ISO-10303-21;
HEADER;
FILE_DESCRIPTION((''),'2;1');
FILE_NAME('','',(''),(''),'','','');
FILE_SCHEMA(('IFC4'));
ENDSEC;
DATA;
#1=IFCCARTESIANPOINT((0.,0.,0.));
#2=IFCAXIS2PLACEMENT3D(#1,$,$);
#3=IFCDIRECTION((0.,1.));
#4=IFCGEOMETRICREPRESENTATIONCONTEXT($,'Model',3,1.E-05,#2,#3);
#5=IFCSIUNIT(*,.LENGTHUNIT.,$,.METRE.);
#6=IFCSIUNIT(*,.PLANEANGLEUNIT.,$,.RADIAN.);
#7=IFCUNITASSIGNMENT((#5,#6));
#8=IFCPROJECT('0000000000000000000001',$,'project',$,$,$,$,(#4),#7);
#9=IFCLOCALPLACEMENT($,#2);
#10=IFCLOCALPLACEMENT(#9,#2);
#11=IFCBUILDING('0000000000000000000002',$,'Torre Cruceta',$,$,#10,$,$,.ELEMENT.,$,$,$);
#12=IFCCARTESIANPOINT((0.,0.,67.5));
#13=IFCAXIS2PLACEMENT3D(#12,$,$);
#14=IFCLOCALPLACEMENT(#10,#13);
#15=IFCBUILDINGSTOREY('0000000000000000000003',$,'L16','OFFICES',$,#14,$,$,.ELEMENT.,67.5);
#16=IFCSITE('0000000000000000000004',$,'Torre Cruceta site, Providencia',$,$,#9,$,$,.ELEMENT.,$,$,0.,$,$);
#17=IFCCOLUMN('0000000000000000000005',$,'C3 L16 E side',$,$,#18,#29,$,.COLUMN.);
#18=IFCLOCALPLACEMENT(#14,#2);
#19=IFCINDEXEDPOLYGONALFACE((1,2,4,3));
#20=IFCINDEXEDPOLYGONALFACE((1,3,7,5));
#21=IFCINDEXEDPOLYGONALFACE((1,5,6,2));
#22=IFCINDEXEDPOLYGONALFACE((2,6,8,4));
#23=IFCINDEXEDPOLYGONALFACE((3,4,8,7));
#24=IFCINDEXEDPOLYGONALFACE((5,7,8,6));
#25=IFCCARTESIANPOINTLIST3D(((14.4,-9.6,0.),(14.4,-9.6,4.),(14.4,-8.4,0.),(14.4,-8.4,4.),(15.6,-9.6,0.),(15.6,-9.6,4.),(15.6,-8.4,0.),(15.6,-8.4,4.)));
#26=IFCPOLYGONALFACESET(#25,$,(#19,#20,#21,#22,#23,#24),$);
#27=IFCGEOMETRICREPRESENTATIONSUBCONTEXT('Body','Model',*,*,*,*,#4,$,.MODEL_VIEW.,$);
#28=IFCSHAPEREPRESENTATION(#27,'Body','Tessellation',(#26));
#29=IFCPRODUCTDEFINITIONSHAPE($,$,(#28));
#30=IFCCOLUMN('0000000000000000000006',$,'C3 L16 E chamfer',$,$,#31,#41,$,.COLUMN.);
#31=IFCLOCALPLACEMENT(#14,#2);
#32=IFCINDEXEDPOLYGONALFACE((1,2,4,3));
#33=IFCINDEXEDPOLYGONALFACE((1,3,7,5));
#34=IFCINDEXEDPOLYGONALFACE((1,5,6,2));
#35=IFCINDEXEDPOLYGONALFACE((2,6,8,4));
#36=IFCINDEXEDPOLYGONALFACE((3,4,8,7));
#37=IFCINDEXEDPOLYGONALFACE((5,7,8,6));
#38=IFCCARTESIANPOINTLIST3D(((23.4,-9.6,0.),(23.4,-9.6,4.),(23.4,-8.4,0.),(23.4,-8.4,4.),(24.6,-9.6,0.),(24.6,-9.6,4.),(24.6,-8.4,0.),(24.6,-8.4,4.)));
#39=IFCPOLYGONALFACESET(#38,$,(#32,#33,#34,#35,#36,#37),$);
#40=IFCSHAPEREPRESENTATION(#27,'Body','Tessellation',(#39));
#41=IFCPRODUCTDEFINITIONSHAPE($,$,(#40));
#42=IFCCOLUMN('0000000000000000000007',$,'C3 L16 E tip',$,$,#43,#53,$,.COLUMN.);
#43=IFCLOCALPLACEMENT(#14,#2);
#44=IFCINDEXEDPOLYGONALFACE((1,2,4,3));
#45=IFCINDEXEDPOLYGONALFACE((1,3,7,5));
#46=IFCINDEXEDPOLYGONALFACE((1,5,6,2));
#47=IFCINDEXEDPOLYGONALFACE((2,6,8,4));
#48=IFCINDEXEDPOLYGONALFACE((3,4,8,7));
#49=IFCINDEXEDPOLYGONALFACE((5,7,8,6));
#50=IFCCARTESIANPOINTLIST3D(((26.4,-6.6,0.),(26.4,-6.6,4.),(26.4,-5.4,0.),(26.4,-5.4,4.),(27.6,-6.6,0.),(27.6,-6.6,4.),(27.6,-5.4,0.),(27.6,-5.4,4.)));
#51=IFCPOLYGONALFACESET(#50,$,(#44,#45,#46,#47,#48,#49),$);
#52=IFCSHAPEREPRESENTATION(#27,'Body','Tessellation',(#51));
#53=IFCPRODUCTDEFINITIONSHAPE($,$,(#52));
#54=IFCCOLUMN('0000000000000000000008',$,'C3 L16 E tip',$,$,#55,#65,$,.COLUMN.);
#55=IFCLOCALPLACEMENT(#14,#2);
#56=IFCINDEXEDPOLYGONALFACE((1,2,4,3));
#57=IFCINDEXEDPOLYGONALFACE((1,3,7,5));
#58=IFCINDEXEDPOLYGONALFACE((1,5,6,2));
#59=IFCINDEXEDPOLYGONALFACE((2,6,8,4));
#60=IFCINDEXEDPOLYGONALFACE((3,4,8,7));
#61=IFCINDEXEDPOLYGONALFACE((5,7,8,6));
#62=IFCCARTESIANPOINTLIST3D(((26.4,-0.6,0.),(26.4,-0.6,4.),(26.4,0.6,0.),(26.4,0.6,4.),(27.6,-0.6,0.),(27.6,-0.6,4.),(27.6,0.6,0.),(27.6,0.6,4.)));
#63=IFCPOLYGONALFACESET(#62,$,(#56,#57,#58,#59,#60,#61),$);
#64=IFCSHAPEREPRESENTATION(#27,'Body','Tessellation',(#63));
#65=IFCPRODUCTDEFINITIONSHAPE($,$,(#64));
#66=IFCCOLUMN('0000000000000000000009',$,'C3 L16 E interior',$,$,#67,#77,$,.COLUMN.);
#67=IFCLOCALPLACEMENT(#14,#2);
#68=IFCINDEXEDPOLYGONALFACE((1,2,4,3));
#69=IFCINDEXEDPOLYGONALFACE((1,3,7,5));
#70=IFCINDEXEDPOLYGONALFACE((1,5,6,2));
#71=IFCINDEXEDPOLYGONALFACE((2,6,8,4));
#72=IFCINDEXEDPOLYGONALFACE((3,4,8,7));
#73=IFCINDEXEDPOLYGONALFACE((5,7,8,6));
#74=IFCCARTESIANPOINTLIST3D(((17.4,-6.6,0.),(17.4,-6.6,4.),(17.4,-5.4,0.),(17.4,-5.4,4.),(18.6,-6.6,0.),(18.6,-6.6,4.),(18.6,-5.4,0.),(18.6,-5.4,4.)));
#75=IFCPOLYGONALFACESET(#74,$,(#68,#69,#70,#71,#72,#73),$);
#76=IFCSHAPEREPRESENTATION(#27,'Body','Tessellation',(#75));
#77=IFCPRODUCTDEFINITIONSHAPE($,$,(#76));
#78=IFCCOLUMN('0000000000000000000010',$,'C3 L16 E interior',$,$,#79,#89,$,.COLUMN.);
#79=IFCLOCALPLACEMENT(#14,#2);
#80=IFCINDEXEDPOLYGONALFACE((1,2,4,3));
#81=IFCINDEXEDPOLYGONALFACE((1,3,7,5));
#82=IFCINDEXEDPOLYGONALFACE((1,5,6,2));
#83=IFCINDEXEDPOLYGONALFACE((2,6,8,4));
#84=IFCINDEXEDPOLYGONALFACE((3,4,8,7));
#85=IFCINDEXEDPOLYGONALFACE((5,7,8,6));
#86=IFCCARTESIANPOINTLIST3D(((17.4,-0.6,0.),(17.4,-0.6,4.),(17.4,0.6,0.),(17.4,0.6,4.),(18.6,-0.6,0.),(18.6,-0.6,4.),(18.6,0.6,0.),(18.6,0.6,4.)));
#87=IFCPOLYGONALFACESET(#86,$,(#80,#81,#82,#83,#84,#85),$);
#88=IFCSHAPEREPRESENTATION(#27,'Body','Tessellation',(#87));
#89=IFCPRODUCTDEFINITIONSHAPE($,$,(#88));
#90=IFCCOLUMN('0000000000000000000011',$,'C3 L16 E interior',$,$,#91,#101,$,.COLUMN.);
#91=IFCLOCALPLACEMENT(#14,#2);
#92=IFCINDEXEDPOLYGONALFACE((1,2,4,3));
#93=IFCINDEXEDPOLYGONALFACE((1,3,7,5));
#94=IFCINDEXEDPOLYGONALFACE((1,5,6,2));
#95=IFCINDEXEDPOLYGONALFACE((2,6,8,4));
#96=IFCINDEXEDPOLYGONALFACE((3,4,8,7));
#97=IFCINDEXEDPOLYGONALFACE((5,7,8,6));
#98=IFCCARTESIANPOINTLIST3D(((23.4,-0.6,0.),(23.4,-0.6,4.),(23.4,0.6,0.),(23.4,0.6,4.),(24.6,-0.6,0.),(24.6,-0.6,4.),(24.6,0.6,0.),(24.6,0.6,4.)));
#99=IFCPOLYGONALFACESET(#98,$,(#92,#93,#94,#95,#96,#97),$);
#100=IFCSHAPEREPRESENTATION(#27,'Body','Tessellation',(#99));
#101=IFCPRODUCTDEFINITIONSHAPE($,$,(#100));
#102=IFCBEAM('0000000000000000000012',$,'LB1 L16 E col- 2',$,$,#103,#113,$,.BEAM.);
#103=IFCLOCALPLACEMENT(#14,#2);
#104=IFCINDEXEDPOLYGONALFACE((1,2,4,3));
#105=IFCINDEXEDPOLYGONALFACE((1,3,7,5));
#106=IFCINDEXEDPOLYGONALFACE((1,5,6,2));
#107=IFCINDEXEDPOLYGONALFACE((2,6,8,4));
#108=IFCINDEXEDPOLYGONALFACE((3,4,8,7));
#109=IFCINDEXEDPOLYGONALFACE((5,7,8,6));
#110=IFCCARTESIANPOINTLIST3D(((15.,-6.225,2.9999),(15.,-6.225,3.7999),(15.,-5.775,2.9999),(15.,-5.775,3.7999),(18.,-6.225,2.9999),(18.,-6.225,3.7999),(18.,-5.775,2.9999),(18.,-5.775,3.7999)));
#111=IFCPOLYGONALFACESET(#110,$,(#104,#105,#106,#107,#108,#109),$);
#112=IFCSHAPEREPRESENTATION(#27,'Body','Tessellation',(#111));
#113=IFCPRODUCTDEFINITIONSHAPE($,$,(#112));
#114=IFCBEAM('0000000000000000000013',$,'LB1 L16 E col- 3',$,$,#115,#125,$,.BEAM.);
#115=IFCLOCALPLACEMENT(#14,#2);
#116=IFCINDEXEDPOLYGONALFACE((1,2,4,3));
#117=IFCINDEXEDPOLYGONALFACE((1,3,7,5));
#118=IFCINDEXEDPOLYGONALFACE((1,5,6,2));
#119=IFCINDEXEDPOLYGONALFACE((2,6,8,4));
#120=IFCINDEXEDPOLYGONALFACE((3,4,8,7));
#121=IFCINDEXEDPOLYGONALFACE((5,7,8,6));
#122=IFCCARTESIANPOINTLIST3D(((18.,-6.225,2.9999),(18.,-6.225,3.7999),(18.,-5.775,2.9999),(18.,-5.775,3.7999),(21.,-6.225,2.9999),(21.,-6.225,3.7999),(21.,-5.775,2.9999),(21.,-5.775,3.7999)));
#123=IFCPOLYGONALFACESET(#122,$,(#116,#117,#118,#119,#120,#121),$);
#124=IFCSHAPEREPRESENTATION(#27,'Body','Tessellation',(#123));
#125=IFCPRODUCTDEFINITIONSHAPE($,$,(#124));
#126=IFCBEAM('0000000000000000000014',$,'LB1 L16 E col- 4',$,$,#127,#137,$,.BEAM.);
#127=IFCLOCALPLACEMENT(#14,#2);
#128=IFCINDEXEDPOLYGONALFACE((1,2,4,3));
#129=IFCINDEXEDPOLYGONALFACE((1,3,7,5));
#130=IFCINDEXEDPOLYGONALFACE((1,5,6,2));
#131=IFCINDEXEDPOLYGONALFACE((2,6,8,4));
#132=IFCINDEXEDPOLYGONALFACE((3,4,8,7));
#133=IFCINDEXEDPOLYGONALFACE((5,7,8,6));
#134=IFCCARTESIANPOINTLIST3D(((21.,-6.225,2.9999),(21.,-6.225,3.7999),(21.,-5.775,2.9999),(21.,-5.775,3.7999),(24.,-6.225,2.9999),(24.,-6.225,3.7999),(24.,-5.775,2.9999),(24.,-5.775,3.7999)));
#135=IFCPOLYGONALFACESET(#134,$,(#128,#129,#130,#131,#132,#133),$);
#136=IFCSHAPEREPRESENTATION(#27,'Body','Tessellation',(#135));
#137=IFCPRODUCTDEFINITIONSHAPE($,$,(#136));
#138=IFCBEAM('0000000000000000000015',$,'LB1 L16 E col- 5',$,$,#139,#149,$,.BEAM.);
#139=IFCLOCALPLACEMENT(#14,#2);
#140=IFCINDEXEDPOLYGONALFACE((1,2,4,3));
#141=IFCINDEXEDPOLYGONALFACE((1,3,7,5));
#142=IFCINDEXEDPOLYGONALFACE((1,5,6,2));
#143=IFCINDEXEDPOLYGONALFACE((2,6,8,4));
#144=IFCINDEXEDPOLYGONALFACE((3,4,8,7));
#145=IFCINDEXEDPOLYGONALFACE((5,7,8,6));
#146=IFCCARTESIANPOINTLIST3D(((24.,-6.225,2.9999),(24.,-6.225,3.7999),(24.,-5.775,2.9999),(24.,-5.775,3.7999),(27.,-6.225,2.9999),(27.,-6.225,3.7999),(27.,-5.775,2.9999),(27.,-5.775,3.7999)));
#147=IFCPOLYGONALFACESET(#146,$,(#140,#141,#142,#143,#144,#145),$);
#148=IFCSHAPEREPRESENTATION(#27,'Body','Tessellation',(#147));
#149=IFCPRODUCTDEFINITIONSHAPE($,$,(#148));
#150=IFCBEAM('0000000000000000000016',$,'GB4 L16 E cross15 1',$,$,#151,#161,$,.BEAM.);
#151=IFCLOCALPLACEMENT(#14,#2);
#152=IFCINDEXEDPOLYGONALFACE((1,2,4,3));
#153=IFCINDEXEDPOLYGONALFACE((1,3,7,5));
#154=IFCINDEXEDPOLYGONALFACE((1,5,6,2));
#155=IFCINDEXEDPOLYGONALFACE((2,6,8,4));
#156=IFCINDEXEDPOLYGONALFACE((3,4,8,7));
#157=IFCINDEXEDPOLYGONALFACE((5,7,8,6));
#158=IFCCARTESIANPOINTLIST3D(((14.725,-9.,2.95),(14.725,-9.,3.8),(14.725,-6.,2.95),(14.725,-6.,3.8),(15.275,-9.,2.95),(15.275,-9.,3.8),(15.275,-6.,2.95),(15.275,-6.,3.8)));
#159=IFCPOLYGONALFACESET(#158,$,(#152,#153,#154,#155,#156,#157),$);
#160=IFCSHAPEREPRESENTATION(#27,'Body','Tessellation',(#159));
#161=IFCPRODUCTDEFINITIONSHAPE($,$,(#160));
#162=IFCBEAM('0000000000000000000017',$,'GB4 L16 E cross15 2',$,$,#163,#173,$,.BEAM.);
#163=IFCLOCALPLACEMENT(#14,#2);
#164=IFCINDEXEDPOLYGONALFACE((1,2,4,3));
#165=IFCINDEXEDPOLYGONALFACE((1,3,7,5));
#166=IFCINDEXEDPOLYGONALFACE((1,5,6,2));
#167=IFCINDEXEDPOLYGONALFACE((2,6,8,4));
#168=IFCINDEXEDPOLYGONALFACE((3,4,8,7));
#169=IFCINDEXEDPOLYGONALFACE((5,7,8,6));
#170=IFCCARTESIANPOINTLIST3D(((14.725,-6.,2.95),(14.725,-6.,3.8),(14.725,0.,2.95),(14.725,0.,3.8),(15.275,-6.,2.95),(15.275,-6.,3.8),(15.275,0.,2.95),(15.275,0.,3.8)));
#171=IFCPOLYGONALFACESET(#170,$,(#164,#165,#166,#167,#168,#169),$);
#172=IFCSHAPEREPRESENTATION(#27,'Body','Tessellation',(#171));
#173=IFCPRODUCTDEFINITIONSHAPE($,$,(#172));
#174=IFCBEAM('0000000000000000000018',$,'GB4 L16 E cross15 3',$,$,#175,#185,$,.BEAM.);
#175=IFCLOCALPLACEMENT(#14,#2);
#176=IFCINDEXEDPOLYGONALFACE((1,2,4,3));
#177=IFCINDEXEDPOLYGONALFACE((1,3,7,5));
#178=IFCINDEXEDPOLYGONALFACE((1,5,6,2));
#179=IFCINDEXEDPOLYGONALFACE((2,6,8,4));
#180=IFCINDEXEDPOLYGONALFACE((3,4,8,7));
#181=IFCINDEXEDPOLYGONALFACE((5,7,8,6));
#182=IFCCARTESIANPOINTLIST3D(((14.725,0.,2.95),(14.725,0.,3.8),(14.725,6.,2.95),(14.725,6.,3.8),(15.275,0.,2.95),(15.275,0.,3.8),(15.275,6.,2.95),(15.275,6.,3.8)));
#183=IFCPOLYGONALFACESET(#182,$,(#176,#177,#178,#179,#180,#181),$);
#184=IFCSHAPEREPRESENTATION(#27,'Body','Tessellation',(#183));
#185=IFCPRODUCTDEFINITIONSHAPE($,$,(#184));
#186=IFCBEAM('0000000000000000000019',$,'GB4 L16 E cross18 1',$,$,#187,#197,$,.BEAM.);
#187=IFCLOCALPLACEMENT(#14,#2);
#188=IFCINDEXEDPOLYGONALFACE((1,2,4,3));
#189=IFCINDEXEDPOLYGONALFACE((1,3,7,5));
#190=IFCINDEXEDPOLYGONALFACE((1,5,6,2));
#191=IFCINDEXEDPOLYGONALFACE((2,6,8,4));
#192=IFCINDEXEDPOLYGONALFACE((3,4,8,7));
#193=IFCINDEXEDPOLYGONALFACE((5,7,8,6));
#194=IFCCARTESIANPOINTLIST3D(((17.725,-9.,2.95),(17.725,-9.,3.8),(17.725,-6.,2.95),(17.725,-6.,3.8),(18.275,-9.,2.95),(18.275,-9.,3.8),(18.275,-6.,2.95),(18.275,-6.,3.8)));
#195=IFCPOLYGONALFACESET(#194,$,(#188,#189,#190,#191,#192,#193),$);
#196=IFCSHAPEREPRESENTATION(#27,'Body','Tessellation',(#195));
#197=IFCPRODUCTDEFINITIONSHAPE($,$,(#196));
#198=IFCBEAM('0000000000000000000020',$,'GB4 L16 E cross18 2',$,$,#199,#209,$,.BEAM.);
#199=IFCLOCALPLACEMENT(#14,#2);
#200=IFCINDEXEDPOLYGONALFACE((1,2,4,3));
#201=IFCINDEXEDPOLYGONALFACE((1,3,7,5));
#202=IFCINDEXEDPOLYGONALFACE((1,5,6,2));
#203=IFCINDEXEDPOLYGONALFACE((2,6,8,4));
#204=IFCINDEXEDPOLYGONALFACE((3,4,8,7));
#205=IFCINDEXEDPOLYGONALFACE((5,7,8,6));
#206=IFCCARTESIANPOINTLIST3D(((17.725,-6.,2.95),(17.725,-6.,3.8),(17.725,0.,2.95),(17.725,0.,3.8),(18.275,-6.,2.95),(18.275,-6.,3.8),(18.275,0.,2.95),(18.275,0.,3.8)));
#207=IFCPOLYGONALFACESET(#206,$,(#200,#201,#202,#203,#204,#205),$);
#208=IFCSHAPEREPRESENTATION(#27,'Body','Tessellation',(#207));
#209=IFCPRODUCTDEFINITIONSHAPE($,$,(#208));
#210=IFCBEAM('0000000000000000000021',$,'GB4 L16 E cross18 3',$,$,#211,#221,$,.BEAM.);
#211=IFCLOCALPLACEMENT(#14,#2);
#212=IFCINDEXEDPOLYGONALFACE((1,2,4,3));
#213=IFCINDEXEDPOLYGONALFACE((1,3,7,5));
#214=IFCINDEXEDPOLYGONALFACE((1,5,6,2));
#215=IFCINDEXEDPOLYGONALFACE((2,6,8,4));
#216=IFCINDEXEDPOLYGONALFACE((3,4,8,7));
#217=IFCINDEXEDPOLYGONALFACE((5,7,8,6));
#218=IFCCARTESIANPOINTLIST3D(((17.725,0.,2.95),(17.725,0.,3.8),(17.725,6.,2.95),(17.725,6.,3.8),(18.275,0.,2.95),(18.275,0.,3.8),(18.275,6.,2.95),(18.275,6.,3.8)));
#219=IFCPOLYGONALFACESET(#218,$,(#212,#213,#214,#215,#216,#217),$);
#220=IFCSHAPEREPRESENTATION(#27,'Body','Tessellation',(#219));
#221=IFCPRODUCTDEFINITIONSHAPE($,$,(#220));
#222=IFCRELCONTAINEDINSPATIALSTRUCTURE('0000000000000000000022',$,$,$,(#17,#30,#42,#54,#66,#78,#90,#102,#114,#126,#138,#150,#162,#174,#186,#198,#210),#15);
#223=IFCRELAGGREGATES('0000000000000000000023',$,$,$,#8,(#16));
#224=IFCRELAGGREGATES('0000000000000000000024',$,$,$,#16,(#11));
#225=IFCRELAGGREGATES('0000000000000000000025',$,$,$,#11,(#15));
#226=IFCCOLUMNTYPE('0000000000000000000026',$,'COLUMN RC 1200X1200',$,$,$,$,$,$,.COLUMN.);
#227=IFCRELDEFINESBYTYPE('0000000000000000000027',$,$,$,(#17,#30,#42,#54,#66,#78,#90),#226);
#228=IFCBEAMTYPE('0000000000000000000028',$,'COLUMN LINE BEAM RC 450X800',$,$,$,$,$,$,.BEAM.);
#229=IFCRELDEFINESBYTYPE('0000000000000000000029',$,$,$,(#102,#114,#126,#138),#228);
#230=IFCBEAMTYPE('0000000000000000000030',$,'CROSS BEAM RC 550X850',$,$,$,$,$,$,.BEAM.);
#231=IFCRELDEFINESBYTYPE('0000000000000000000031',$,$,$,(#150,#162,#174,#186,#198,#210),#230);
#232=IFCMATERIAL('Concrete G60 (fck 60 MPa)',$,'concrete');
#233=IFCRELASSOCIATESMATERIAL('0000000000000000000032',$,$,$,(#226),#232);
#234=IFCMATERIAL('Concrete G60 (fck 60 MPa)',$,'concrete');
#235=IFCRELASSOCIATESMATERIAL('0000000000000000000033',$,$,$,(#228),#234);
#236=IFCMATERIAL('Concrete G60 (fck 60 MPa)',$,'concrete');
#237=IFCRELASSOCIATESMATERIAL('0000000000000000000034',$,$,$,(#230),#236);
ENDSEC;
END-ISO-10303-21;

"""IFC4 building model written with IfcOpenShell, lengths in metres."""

from ifc_helpers import new_model, si_unit, direction, frame, origin, origin_2d, place, context, subcontext, project, spatial, rectangle, extrude, material, material_profile, profile_set, type_object, element, save


model = new_model("IFC4")

# Units and contexts
model_context = context("Model", 3, precision=1e-05, world=origin(), true_north=direction((0.0, 1.0)))
body_context = subcontext(model_context, "Body", "Model", "MODEL_VIEW")
ifc_project = project(units=[si_unit("LENGTHUNIT", "METRE"), si_unit("PLANEANGLEUNIT", "RADIAN")], contexts=[model_context])

# Site, building, storey
site_placement = place(None, origin())
site = spatial("IfcSite", under=ifc_project, at=site_placement, Name="Torre Cruceta site, Providencia", CompositionType="ELEMENT", RefElevation=0.0)
building_placement = place(site_placement, origin())
building = spatial("IfcBuilding", under=site, at=building_placement, Name="Torre Cruceta", CompositionType="ELEMENT")
storey_placement = place(building_placement, frame((0.0, 0.0, 67.5)))
storey = spatial("IfcBuildingStorey", under=building, at=storey_placement, Name="L16", Description="OFFICES", CompositionType="ELEMENT", Elevation=67.5)

# Columns
ifc_material_1 = material(Name="Concrete G60 (fck 60 MPa)", Category="concrete")
ifc_material_profile_1 = material_profile(ifc_material_1, rectangle(XDim=1.2, YDim=1.2, at=origin_2d()), Name="RC 1200X1200")
ifc_profile_set_1 = profile_set([ifc_material_profile_1], Name="Concrete G60 (fck 60 MPa)")
column_type = type_object("IfcColumnType", Name="COLUMN RC 1200X1200", PredefinedType="COLUMN", material=ifc_profile_set_1)
for number, where, z_axis, x_axis, name in (
    (1, (15.0, -9.0, 0.0), (0.0, 0.0, 1.0), (1.0, 0.0, 0.0), "C3 L16 E side"),
    (2, (24.0, -9.0, 0.0), (0.0, 0.0, 1.0), (1.0, 0.0, 0.0), "C3 L16 E chamfer"),
    (3, (27.0, -6.0, 0.0), (0.0, 0.0, 1.0), (1.0, 0.0, 0.0), "C3 L16 E tip"),
    (4, (27.0, 0.0, 0.0), (0.0, 0.0, 1.0), (1.0, 0.0, 0.0), "C3 L16 E tip"),
    (5, (18.0, -6.0, 0.0), (0.0, 0.0, 1.0), (1.0, 0.0, 0.0), "C3 L16 E interior"),
    (6, (18.0, 0.0, 0.0), (0.0, 0.0, 1.0), (1.0, 0.0, 0.0), "C3 L16 E interior"),
    (7, (24.0, 0.0, 0.0), (0.0, 0.0, 1.0), (1.0, 0.0, 0.0), "C3 L16 E interior"),
):
    element("IfcColumn", number, at=place(storey_placement, frame(where, z_axis=z_axis, x_axis=x_axis)), inside=storey, type_object=column_type, Name=name, PredefinedType="COLUMN", context=body_context, shape_type="SweptSolid", body=[
        extrude(rectangle(XDim=1.2, YDim=1.2, at=origin_2d()), origin(), (0.0, 0.0, 1.0), 4.0),
    ])

# Beams
ifc_material_2 = material(Name="Concrete G60 (fck 60 MPa)", Category="concrete")
ifc_material_profile_2 = material_profile(ifc_material_2, rectangle(XDim=0.45, YDim=0.8, at=origin_2d()), Name="RC 450X800")
ifc_profile_set_2 = profile_set([ifc_material_profile_2], Name="Concrete G60 (fck 60 MPa)")
beam_type_1 = type_object("IfcBeamType", Name="COLUMN LINE BEAM RC 450X800", PredefinedType="BEAM", material=ifc_profile_set_2)
for number, where, z_axis, x_axis, name in (
    (8, (15.0, -6.0, 3.3999), (1.0, 0.0, 0.0), (0.0, 1.0, 0.0), "LB1 L16 E col- 2"),
    (9, (18.0, -6.0, 3.3999), (1.0, 0.0, 0.0), (0.0, 1.0, 0.0), "LB1 L16 E col- 3"),
    (10, (21.0, -6.0, 3.3999), (1.0, 0.0, 0.0), (0.0, 1.0, 0.0), "LB1 L16 E col- 4"),
    (11, (24.0, -6.0, 3.3999), (1.0, 0.0, 0.0), (0.0, 1.0, 0.0), "LB1 L16 E col- 5"),
):
    element("IfcBeam", number, at=place(storey_placement, frame(where, z_axis=z_axis, x_axis=x_axis)), inside=storey, type_object=beam_type_1, Name=name, PredefinedType="BEAM", context=body_context, shape_type="SweptSolid", body=[
        extrude(rectangle(XDim=0.45, YDim=0.8, at=origin_2d()), origin(), (0.0, 0.0, 1.0), 3.0),
    ])
ifc_material_3 = material(Name="Concrete G60 (fck 60 MPa)", Category="concrete")
ifc_material_profile_3 = material_profile(ifc_material_3, rectangle(XDim=0.55, YDim=0.8501, at=origin_2d()), Name="RC 550X850")
ifc_profile_set_3 = profile_set([ifc_material_profile_3], Name="Concrete G60 (fck 60 MPa)")
beam_type_2 = type_object("IfcBeamType", Name="CROSS BEAM RC 550X850", PredefinedType="BEAM", material=ifc_profile_set_3)
beam_1_placement = place(storey_placement, frame((15.0, -9.0, 3.375), z_axis=(0.0, 1.0, 0.0), x_axis=(-1.0, 0.0, 0.0)))
element("IfcBeam", 12, at=beam_1_placement, inside=storey, type_object=beam_type_2, Name="GB4 L16 E cross15 1", PredefinedType="BEAM", context=body_context, shape_type="SweptSolid", body=[
    extrude(rectangle(XDim=0.55, YDim=0.8501, at=origin_2d()), origin(), (0.0, 0.0, 1.0), 3.0),
])
for number, where, z_axis, x_axis, name in (
    (13, (15.0, -6.0, 3.375), (0.0, 1.0, 0.0), (-1.0, 0.0, 0.0), "GB4 L16 E cross15 2"),
    (14, (15.0, 0.0, 3.375), (0.0, 1.0, 0.0), (-1.0, 0.0, 0.0), "GB4 L16 E cross15 3"),
):
    element("IfcBeam", number, at=place(storey_placement, frame(where, z_axis=z_axis, x_axis=x_axis)), inside=storey, type_object=beam_type_2, Name=name, PredefinedType="BEAM", context=body_context, shape_type="SweptSolid", body=[
        extrude(rectangle(XDim=0.55, YDim=0.8501, at=origin_2d()), origin(), (0.0, 0.0, 1.0), 6.0),
    ])
beam_2_placement = place(storey_placement, frame((18.0, -9.0, 3.375), z_axis=(0.0, 1.0, 0.0), x_axis=(-1.0, 0.0, 0.0)))
element("IfcBeam", 15, at=beam_2_placement, inside=storey, type_object=beam_type_2, Name="GB4 L16 E cross18 1", PredefinedType="BEAM", context=body_context, shape_type="SweptSolid", body=[
    extrude(rectangle(XDim=0.55, YDim=0.8501, at=origin_2d()), origin(), (0.0, 0.0, 1.0), 3.0),
])
for number, where, z_axis, x_axis, name in (
    (16, (18.0, -6.0, 3.375), (0.0, 1.0, 0.0), (-1.0, 0.0, 0.0), "GB4 L16 E cross18 2"),
    (17, (18.0, 0.0, 3.375), (0.0, 1.0, 0.0), (-1.0, 0.0, 0.0), "GB4 L16 E cross18 3"),
):
    element("IfcBeam", number, at=place(storey_placement, frame(where, z_axis=z_axis, x_axis=x_axis)), inside=storey, type_object=beam_type_2, Name=name, PredefinedType="BEAM", context=body_context, shape_type="SweptSolid", body=[
        extrude(rectangle(XDim=0.55, YDim=0.8501, at=origin_2d()), origin(), (0.0, 0.0, 1.0), 6.0),
    ])

save(model, "model.ifc")
